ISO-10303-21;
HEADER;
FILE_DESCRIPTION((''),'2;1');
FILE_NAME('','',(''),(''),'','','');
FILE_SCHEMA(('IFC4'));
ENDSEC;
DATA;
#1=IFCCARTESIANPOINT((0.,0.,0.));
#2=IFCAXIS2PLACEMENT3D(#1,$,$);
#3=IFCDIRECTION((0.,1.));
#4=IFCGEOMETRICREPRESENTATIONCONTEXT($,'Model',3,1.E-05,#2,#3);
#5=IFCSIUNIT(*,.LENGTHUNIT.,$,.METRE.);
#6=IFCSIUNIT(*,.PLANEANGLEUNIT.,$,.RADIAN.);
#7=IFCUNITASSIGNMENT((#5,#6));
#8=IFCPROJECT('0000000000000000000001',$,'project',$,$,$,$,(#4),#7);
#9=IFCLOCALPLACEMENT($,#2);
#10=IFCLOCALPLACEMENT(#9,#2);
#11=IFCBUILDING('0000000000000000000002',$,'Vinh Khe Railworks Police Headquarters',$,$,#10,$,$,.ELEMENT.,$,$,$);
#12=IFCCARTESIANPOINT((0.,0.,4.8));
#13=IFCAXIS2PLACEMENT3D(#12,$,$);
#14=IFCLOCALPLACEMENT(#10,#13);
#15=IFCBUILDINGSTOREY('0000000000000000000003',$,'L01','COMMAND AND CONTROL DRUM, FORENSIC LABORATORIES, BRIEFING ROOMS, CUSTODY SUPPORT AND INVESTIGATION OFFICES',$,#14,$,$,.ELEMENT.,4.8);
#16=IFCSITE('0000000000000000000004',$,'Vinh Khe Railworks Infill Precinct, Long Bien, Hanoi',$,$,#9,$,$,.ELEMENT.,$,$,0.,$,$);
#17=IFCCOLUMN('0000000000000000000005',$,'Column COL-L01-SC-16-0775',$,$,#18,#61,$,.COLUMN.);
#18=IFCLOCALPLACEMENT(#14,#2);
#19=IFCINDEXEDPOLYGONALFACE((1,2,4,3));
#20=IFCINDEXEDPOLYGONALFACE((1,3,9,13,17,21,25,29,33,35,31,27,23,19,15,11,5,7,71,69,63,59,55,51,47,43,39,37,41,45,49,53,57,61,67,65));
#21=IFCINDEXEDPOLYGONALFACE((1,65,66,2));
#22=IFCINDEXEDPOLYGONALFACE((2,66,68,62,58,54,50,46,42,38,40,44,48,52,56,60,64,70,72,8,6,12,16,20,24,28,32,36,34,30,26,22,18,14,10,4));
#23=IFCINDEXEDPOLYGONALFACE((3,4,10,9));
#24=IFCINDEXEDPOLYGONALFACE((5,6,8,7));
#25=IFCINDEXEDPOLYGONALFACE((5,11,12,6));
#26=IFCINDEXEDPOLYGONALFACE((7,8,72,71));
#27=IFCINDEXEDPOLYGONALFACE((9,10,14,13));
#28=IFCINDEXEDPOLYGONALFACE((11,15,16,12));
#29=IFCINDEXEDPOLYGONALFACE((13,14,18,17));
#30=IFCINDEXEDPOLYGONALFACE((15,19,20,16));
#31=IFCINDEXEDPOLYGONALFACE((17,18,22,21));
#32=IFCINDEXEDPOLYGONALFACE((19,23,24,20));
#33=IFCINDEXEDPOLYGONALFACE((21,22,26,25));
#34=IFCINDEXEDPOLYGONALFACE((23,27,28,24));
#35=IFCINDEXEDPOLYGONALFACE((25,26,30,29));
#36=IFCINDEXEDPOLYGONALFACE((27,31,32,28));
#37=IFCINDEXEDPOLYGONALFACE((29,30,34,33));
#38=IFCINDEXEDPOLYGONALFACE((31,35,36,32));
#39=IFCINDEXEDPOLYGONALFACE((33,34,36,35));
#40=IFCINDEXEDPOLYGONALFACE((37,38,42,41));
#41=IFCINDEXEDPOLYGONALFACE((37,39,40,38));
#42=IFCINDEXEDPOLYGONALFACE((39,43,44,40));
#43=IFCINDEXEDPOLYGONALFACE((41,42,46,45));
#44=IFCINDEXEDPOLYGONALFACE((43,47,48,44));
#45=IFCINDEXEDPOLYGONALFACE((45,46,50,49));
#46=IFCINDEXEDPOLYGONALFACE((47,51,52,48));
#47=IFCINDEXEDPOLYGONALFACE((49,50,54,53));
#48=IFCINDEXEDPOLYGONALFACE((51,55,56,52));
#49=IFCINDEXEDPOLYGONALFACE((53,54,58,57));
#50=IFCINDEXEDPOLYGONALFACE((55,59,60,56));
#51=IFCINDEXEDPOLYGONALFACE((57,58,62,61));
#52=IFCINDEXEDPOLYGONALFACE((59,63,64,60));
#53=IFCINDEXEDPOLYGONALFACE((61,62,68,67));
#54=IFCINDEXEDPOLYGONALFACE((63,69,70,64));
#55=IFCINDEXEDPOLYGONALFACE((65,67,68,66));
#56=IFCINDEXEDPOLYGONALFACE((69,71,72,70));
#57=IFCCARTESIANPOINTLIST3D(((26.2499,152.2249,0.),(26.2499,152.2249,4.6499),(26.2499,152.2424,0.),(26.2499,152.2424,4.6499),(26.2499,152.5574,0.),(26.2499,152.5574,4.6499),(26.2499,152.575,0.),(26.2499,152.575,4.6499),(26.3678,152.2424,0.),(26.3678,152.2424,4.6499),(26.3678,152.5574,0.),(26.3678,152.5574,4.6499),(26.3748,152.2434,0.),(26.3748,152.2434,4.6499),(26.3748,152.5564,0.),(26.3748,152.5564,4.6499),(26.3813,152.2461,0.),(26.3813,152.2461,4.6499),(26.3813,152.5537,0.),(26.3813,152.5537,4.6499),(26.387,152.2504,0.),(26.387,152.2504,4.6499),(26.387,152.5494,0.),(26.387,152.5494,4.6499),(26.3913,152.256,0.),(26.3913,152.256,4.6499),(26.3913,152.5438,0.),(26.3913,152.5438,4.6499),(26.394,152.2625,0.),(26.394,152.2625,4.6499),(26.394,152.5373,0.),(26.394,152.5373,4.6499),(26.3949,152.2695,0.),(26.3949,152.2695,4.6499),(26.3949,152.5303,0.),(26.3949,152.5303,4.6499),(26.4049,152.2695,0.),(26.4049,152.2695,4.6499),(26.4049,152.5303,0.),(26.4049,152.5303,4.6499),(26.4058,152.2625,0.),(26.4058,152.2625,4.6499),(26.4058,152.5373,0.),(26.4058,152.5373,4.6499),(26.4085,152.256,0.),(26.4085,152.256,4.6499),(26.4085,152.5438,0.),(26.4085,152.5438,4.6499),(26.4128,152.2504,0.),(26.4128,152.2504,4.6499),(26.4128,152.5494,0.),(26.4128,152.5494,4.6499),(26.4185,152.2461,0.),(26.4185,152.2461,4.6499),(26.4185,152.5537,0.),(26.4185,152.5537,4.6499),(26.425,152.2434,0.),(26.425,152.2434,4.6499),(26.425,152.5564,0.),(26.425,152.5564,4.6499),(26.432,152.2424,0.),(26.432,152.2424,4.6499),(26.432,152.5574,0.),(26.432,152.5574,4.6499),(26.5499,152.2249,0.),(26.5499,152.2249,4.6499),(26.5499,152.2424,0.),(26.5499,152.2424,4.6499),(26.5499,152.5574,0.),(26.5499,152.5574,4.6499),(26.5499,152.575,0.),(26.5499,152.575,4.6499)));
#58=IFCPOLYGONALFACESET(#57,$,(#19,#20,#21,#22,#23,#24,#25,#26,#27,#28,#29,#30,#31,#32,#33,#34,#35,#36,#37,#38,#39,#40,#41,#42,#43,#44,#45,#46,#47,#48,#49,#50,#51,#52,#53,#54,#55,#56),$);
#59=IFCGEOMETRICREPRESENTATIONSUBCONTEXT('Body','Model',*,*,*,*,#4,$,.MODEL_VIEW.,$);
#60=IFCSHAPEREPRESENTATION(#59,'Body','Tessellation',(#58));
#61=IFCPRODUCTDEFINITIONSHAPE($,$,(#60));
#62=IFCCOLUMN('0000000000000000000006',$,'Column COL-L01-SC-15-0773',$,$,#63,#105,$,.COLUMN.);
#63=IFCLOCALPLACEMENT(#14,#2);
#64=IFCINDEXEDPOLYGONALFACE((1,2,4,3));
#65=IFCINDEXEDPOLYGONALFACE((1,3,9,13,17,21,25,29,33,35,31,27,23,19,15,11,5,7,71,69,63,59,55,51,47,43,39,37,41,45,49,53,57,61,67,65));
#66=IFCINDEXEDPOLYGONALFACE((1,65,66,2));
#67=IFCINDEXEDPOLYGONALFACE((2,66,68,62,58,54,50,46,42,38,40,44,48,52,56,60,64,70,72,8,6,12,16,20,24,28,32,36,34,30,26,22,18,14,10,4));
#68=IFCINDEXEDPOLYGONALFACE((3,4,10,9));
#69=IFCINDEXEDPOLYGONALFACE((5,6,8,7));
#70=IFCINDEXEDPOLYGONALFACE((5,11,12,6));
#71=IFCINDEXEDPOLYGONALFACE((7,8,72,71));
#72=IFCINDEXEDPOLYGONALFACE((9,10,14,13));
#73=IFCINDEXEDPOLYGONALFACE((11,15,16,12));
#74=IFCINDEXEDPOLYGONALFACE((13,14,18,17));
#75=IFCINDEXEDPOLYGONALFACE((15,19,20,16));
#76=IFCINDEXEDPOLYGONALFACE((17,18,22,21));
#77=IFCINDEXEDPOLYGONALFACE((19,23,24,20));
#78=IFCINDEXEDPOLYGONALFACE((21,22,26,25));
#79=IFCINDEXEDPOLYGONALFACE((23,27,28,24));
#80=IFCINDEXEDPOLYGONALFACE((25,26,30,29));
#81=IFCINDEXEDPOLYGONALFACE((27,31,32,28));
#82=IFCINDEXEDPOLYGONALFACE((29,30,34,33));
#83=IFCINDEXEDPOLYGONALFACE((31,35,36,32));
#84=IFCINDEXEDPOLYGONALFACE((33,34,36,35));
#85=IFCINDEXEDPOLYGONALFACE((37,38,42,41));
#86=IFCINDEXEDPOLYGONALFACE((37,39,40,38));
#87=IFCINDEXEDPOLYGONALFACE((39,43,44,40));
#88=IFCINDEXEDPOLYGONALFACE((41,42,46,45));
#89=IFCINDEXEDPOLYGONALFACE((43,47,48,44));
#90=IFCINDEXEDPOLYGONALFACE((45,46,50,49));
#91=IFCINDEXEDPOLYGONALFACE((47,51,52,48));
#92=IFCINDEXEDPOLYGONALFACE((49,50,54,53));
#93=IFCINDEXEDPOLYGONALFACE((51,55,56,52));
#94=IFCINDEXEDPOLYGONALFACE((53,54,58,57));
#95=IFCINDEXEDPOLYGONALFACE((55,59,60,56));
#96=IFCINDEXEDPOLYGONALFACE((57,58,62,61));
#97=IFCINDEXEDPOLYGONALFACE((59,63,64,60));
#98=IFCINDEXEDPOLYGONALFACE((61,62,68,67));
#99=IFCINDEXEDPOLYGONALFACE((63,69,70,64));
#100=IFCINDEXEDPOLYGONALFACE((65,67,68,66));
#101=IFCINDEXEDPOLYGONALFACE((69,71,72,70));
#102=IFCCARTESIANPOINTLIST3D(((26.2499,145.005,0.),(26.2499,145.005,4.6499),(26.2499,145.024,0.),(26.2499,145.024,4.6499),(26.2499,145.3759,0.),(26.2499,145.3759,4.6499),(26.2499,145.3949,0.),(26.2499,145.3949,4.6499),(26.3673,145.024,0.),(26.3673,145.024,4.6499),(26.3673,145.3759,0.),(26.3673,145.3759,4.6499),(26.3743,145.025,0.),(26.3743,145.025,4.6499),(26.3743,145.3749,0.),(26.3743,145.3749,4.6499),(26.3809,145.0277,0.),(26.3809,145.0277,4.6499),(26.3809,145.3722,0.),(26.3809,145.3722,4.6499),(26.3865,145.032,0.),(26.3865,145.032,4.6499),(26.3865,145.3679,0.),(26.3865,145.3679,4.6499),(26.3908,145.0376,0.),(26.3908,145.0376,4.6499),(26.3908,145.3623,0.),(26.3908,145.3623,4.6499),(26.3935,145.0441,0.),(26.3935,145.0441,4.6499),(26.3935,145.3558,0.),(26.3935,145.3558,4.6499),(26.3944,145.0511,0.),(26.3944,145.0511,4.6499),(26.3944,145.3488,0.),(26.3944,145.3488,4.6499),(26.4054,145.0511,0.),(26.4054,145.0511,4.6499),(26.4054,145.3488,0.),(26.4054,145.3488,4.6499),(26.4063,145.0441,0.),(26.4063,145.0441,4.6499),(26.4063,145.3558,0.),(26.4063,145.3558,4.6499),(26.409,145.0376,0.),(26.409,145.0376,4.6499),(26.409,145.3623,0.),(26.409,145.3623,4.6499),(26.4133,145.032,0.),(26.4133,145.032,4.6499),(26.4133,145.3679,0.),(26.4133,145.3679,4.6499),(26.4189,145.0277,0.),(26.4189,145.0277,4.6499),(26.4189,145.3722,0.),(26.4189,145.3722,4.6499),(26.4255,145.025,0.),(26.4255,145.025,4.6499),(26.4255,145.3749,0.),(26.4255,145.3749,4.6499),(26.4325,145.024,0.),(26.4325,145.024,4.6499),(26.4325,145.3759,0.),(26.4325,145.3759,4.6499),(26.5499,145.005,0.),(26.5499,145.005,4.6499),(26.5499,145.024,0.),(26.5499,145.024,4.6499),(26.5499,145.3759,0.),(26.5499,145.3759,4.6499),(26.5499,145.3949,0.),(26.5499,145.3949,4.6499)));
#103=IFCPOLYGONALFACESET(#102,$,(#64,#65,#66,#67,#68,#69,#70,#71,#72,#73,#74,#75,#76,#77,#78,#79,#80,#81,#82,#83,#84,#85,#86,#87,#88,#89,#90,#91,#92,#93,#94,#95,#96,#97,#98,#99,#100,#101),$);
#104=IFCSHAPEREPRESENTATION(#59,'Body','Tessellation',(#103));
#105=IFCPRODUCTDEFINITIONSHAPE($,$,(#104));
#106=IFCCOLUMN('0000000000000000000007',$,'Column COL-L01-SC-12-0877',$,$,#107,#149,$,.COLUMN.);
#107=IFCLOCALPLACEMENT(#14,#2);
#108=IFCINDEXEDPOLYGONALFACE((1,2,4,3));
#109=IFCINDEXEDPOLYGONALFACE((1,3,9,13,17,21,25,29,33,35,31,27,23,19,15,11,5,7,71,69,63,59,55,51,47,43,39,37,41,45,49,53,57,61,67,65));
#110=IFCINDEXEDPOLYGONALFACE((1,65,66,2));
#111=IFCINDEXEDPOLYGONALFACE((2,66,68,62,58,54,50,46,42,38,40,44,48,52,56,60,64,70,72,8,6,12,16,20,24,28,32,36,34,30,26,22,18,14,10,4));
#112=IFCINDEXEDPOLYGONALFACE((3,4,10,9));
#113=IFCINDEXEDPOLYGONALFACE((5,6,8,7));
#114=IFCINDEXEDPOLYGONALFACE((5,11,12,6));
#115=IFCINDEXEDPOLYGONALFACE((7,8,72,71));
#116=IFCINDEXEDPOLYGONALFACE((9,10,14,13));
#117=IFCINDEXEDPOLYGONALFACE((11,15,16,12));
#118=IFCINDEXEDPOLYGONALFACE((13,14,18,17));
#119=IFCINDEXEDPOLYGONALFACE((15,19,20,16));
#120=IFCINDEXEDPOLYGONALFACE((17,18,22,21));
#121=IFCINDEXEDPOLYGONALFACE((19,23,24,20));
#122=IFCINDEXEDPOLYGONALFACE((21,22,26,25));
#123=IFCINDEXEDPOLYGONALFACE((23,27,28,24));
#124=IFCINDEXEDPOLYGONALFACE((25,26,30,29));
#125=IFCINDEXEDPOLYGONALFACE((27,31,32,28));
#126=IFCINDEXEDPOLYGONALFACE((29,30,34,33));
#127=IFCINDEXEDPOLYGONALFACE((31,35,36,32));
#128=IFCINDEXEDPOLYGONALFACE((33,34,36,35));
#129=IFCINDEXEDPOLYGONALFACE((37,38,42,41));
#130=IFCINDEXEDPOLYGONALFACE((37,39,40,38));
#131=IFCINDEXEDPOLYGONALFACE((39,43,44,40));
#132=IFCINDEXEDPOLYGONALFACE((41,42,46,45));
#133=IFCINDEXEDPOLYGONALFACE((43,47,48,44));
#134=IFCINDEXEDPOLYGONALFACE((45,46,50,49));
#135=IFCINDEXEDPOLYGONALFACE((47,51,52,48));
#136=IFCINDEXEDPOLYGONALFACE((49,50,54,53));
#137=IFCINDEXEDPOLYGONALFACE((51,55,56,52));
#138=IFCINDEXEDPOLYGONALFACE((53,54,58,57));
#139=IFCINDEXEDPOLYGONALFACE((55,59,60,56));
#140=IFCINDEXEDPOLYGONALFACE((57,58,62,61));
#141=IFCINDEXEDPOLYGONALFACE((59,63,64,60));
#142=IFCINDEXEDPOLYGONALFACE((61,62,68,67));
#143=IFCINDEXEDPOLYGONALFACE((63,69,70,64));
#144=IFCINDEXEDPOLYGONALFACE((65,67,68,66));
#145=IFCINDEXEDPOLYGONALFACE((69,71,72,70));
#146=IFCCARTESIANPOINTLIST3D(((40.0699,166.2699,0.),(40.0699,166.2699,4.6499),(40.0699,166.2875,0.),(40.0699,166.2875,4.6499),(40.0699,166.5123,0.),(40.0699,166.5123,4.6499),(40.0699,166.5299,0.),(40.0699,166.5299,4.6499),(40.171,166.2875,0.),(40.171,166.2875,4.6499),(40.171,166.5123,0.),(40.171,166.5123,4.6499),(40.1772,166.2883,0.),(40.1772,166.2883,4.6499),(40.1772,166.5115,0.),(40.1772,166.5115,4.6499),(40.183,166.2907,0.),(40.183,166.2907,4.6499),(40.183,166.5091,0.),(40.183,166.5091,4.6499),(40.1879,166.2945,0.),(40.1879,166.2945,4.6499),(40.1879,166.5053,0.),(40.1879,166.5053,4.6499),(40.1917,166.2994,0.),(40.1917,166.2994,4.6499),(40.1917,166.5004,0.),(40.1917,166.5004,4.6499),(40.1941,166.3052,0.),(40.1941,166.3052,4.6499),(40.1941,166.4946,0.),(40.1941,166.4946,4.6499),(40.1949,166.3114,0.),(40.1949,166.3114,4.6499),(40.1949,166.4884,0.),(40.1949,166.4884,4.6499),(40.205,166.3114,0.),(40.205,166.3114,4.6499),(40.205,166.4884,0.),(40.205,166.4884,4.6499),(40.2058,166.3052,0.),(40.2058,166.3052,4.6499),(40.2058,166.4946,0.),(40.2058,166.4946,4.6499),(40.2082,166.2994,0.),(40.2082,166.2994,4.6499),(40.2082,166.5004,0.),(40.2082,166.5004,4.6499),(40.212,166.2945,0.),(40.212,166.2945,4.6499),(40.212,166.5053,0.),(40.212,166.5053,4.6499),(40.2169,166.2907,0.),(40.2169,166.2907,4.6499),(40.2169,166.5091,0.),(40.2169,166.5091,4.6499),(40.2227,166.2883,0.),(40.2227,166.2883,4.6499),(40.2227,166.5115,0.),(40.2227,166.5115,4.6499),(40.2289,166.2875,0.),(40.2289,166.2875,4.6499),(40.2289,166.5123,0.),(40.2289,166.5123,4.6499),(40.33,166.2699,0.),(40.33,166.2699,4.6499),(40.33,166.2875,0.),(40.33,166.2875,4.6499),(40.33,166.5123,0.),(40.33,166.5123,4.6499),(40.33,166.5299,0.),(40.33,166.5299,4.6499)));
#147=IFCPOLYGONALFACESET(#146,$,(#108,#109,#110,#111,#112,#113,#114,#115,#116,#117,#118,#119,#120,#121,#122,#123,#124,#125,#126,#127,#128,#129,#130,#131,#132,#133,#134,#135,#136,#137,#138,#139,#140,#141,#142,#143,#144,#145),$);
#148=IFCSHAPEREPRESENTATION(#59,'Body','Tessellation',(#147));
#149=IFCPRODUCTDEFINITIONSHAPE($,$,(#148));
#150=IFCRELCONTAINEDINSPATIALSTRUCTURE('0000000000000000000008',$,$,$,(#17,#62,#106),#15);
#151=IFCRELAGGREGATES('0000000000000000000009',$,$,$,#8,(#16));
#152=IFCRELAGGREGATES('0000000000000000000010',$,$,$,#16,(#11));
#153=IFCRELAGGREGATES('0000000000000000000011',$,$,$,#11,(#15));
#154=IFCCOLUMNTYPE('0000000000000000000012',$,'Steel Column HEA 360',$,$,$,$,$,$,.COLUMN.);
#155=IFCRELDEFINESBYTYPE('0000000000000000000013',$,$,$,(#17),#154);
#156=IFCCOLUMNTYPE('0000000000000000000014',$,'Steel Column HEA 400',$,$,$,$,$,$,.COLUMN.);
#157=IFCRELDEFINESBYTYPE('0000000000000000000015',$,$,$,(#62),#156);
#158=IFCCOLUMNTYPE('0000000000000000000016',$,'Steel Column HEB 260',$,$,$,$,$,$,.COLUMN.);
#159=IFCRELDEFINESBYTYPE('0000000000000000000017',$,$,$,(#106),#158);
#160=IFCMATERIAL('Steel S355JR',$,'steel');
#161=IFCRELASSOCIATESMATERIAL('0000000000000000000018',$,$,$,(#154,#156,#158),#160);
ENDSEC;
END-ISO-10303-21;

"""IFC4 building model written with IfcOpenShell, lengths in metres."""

from ifc_helpers import new_model, si_unit, direction, frame, origin, origin_2d, place, context, subcontext, project, spatial, i_section, extrude, material, material_profile, profile_set, type_object, element, save


model = new_model("IFC4")

# Units and contexts
model_context = context("Model", 3, precision=1e-05, world=origin(), true_north=direction((0.0, 1.0)))
body_context = subcontext(model_context, "Body", "Model", "MODEL_VIEW")
ifc_project = project(units=[si_unit("LENGTHUNIT", "METRE"), si_unit("PLANEANGLEUNIT", "RADIAN")], contexts=[model_context])

# Site, building, storey
site_placement = place(None, origin())
site = spatial("IfcSite", under=ifc_project, at=site_placement, Name="Vinh Khe Railworks Infill Precinct, Long Bien, Hanoi", CompositionType="ELEMENT", RefElevation=0.0)
building_placement = place(site_placement, origin())
building = spatial("IfcBuilding", under=site, at=building_placement, Name="Vinh Khe Railworks Police Headquarters", CompositionType="ELEMENT")
storey_placement = place(building_placement, frame((0.0, 0.0, 4.8)))
storey = spatial("IfcBuildingStorey", under=building, at=storey_placement, Name="L01", Description="COMMAND AND CONTROL DRUM, FORENSIC LABORATORIES, BRIEFING ROOMS, CUSTODY SUPPORT AND INVESTIGATION OFFICES", CompositionType="ELEMENT", Elevation=4.8)

# Columns
ifc_material_1 = material(Name="Steel S355JR", Category="steel")
ifc_material_profile_1 = material_profile(ifc_material_1, i_section(OverallWidth=0.3, OverallDepth=0.3501, WebThickness=0.01, FlangeThickness=0.0176, FilletRadius=0.0271, at=origin_2d()), Name="HEA 360")
ifc_profile_set_1 = profile_set([ifc_material_profile_1], Name="Steel S355JR")
column_type_1 = type_object("IfcColumnType", Name="Steel Column HEA 360", PredefinedType="COLUMN", material=ifc_profile_set_1)
column_1_placement = place(storey_placement, frame((26.3999, 152.3999, 0.0), z_axis=(0.0, 0.0, 1.0), x_axis=(1.0, 0.0, 0.0)))
element("IfcColumn", 1, at=column_1_placement, inside=storey, type_object=column_type_1, Name="Column COL-L01-SC-16-0775", PredefinedType="COLUMN", context=body_context, shape_type="SweptSolid", body=[
    extrude(i_section(OverallWidth=0.3, OverallDepth=0.3501, WebThickness=0.01, FlangeThickness=0.0176, FilletRadius=0.0271, at=origin_2d()), origin(), (0.0, 0.0, 1.0), 4.6499),
])
ifc_material_profile_2 = material_profile(ifc_material_1, i_section(OverallWidth=0.3, OverallDepth=0.3899, WebThickness=0.011, FlangeThickness=0.019, FilletRadius=0.0271, at=origin_2d()), Name="HEA 400")
ifc_profile_set_2 = profile_set([ifc_material_profile_2], Name="Steel S355JR")
column_type_2 = type_object("IfcColumnType", Name="Steel Column HEA 400", PredefinedType="COLUMN", material=ifc_profile_set_2)
column_2_placement = place(storey_placement, frame((26.3999, 145.2, 0.0), z_axis=(0.0, 0.0, 1.0), x_axis=(1.0, 0.0, 0.0)))
element("IfcColumn", 2, at=column_2_placement, inside=storey, type_object=column_type_2, Name="Column COL-L01-SC-15-0773", PredefinedType="COLUMN", context=body_context, shape_type="SweptSolid", body=[
    extrude(i_section(OverallWidth=0.3, OverallDepth=0.3899, WebThickness=0.011, FlangeThickness=0.019, FilletRadius=0.0271, at=origin_2d()), origin(), (0.0, 0.0, 1.0), 4.6499),
])
ifc_material_profile_3 = material_profile(ifc_material_1, i_section(OverallWidth=0.26, OverallDepth=0.26, WebThickness=0.01, FlangeThickness=0.0176, FilletRadius=0.0239, at=origin_2d()), Name="HEB 260")
ifc_profile_set_3 = profile_set([ifc_material_profile_3], Name="Steel S355JR")
column_type_3 = type_object("IfcColumnType", Name="Steel Column HEB 260", PredefinedType="COLUMN", material=ifc_profile_set_3)
column_3_placement = place(storey_placement, frame((40.2, 166.3999, 0.0), z_axis=(0.0, 0.0, 1.0), x_axis=(1.0, 0.0, 0.0)))
element("IfcColumn", 3, at=column_3_placement, inside=storey, type_object=column_type_3, Name="Column COL-L01-SC-12-0877", PredefinedType="COLUMN", context=body_context, shape_type="SweptSolid", body=[
    extrude(i_section(OverallWidth=0.26, OverallDepth=0.26, WebThickness=0.01, FlangeThickness=0.0176, FilletRadius=0.0239, at=origin_2d()), origin(), (0.0, 0.0, 1.0), 4.6499),
])

save(model, "model.ifc")
